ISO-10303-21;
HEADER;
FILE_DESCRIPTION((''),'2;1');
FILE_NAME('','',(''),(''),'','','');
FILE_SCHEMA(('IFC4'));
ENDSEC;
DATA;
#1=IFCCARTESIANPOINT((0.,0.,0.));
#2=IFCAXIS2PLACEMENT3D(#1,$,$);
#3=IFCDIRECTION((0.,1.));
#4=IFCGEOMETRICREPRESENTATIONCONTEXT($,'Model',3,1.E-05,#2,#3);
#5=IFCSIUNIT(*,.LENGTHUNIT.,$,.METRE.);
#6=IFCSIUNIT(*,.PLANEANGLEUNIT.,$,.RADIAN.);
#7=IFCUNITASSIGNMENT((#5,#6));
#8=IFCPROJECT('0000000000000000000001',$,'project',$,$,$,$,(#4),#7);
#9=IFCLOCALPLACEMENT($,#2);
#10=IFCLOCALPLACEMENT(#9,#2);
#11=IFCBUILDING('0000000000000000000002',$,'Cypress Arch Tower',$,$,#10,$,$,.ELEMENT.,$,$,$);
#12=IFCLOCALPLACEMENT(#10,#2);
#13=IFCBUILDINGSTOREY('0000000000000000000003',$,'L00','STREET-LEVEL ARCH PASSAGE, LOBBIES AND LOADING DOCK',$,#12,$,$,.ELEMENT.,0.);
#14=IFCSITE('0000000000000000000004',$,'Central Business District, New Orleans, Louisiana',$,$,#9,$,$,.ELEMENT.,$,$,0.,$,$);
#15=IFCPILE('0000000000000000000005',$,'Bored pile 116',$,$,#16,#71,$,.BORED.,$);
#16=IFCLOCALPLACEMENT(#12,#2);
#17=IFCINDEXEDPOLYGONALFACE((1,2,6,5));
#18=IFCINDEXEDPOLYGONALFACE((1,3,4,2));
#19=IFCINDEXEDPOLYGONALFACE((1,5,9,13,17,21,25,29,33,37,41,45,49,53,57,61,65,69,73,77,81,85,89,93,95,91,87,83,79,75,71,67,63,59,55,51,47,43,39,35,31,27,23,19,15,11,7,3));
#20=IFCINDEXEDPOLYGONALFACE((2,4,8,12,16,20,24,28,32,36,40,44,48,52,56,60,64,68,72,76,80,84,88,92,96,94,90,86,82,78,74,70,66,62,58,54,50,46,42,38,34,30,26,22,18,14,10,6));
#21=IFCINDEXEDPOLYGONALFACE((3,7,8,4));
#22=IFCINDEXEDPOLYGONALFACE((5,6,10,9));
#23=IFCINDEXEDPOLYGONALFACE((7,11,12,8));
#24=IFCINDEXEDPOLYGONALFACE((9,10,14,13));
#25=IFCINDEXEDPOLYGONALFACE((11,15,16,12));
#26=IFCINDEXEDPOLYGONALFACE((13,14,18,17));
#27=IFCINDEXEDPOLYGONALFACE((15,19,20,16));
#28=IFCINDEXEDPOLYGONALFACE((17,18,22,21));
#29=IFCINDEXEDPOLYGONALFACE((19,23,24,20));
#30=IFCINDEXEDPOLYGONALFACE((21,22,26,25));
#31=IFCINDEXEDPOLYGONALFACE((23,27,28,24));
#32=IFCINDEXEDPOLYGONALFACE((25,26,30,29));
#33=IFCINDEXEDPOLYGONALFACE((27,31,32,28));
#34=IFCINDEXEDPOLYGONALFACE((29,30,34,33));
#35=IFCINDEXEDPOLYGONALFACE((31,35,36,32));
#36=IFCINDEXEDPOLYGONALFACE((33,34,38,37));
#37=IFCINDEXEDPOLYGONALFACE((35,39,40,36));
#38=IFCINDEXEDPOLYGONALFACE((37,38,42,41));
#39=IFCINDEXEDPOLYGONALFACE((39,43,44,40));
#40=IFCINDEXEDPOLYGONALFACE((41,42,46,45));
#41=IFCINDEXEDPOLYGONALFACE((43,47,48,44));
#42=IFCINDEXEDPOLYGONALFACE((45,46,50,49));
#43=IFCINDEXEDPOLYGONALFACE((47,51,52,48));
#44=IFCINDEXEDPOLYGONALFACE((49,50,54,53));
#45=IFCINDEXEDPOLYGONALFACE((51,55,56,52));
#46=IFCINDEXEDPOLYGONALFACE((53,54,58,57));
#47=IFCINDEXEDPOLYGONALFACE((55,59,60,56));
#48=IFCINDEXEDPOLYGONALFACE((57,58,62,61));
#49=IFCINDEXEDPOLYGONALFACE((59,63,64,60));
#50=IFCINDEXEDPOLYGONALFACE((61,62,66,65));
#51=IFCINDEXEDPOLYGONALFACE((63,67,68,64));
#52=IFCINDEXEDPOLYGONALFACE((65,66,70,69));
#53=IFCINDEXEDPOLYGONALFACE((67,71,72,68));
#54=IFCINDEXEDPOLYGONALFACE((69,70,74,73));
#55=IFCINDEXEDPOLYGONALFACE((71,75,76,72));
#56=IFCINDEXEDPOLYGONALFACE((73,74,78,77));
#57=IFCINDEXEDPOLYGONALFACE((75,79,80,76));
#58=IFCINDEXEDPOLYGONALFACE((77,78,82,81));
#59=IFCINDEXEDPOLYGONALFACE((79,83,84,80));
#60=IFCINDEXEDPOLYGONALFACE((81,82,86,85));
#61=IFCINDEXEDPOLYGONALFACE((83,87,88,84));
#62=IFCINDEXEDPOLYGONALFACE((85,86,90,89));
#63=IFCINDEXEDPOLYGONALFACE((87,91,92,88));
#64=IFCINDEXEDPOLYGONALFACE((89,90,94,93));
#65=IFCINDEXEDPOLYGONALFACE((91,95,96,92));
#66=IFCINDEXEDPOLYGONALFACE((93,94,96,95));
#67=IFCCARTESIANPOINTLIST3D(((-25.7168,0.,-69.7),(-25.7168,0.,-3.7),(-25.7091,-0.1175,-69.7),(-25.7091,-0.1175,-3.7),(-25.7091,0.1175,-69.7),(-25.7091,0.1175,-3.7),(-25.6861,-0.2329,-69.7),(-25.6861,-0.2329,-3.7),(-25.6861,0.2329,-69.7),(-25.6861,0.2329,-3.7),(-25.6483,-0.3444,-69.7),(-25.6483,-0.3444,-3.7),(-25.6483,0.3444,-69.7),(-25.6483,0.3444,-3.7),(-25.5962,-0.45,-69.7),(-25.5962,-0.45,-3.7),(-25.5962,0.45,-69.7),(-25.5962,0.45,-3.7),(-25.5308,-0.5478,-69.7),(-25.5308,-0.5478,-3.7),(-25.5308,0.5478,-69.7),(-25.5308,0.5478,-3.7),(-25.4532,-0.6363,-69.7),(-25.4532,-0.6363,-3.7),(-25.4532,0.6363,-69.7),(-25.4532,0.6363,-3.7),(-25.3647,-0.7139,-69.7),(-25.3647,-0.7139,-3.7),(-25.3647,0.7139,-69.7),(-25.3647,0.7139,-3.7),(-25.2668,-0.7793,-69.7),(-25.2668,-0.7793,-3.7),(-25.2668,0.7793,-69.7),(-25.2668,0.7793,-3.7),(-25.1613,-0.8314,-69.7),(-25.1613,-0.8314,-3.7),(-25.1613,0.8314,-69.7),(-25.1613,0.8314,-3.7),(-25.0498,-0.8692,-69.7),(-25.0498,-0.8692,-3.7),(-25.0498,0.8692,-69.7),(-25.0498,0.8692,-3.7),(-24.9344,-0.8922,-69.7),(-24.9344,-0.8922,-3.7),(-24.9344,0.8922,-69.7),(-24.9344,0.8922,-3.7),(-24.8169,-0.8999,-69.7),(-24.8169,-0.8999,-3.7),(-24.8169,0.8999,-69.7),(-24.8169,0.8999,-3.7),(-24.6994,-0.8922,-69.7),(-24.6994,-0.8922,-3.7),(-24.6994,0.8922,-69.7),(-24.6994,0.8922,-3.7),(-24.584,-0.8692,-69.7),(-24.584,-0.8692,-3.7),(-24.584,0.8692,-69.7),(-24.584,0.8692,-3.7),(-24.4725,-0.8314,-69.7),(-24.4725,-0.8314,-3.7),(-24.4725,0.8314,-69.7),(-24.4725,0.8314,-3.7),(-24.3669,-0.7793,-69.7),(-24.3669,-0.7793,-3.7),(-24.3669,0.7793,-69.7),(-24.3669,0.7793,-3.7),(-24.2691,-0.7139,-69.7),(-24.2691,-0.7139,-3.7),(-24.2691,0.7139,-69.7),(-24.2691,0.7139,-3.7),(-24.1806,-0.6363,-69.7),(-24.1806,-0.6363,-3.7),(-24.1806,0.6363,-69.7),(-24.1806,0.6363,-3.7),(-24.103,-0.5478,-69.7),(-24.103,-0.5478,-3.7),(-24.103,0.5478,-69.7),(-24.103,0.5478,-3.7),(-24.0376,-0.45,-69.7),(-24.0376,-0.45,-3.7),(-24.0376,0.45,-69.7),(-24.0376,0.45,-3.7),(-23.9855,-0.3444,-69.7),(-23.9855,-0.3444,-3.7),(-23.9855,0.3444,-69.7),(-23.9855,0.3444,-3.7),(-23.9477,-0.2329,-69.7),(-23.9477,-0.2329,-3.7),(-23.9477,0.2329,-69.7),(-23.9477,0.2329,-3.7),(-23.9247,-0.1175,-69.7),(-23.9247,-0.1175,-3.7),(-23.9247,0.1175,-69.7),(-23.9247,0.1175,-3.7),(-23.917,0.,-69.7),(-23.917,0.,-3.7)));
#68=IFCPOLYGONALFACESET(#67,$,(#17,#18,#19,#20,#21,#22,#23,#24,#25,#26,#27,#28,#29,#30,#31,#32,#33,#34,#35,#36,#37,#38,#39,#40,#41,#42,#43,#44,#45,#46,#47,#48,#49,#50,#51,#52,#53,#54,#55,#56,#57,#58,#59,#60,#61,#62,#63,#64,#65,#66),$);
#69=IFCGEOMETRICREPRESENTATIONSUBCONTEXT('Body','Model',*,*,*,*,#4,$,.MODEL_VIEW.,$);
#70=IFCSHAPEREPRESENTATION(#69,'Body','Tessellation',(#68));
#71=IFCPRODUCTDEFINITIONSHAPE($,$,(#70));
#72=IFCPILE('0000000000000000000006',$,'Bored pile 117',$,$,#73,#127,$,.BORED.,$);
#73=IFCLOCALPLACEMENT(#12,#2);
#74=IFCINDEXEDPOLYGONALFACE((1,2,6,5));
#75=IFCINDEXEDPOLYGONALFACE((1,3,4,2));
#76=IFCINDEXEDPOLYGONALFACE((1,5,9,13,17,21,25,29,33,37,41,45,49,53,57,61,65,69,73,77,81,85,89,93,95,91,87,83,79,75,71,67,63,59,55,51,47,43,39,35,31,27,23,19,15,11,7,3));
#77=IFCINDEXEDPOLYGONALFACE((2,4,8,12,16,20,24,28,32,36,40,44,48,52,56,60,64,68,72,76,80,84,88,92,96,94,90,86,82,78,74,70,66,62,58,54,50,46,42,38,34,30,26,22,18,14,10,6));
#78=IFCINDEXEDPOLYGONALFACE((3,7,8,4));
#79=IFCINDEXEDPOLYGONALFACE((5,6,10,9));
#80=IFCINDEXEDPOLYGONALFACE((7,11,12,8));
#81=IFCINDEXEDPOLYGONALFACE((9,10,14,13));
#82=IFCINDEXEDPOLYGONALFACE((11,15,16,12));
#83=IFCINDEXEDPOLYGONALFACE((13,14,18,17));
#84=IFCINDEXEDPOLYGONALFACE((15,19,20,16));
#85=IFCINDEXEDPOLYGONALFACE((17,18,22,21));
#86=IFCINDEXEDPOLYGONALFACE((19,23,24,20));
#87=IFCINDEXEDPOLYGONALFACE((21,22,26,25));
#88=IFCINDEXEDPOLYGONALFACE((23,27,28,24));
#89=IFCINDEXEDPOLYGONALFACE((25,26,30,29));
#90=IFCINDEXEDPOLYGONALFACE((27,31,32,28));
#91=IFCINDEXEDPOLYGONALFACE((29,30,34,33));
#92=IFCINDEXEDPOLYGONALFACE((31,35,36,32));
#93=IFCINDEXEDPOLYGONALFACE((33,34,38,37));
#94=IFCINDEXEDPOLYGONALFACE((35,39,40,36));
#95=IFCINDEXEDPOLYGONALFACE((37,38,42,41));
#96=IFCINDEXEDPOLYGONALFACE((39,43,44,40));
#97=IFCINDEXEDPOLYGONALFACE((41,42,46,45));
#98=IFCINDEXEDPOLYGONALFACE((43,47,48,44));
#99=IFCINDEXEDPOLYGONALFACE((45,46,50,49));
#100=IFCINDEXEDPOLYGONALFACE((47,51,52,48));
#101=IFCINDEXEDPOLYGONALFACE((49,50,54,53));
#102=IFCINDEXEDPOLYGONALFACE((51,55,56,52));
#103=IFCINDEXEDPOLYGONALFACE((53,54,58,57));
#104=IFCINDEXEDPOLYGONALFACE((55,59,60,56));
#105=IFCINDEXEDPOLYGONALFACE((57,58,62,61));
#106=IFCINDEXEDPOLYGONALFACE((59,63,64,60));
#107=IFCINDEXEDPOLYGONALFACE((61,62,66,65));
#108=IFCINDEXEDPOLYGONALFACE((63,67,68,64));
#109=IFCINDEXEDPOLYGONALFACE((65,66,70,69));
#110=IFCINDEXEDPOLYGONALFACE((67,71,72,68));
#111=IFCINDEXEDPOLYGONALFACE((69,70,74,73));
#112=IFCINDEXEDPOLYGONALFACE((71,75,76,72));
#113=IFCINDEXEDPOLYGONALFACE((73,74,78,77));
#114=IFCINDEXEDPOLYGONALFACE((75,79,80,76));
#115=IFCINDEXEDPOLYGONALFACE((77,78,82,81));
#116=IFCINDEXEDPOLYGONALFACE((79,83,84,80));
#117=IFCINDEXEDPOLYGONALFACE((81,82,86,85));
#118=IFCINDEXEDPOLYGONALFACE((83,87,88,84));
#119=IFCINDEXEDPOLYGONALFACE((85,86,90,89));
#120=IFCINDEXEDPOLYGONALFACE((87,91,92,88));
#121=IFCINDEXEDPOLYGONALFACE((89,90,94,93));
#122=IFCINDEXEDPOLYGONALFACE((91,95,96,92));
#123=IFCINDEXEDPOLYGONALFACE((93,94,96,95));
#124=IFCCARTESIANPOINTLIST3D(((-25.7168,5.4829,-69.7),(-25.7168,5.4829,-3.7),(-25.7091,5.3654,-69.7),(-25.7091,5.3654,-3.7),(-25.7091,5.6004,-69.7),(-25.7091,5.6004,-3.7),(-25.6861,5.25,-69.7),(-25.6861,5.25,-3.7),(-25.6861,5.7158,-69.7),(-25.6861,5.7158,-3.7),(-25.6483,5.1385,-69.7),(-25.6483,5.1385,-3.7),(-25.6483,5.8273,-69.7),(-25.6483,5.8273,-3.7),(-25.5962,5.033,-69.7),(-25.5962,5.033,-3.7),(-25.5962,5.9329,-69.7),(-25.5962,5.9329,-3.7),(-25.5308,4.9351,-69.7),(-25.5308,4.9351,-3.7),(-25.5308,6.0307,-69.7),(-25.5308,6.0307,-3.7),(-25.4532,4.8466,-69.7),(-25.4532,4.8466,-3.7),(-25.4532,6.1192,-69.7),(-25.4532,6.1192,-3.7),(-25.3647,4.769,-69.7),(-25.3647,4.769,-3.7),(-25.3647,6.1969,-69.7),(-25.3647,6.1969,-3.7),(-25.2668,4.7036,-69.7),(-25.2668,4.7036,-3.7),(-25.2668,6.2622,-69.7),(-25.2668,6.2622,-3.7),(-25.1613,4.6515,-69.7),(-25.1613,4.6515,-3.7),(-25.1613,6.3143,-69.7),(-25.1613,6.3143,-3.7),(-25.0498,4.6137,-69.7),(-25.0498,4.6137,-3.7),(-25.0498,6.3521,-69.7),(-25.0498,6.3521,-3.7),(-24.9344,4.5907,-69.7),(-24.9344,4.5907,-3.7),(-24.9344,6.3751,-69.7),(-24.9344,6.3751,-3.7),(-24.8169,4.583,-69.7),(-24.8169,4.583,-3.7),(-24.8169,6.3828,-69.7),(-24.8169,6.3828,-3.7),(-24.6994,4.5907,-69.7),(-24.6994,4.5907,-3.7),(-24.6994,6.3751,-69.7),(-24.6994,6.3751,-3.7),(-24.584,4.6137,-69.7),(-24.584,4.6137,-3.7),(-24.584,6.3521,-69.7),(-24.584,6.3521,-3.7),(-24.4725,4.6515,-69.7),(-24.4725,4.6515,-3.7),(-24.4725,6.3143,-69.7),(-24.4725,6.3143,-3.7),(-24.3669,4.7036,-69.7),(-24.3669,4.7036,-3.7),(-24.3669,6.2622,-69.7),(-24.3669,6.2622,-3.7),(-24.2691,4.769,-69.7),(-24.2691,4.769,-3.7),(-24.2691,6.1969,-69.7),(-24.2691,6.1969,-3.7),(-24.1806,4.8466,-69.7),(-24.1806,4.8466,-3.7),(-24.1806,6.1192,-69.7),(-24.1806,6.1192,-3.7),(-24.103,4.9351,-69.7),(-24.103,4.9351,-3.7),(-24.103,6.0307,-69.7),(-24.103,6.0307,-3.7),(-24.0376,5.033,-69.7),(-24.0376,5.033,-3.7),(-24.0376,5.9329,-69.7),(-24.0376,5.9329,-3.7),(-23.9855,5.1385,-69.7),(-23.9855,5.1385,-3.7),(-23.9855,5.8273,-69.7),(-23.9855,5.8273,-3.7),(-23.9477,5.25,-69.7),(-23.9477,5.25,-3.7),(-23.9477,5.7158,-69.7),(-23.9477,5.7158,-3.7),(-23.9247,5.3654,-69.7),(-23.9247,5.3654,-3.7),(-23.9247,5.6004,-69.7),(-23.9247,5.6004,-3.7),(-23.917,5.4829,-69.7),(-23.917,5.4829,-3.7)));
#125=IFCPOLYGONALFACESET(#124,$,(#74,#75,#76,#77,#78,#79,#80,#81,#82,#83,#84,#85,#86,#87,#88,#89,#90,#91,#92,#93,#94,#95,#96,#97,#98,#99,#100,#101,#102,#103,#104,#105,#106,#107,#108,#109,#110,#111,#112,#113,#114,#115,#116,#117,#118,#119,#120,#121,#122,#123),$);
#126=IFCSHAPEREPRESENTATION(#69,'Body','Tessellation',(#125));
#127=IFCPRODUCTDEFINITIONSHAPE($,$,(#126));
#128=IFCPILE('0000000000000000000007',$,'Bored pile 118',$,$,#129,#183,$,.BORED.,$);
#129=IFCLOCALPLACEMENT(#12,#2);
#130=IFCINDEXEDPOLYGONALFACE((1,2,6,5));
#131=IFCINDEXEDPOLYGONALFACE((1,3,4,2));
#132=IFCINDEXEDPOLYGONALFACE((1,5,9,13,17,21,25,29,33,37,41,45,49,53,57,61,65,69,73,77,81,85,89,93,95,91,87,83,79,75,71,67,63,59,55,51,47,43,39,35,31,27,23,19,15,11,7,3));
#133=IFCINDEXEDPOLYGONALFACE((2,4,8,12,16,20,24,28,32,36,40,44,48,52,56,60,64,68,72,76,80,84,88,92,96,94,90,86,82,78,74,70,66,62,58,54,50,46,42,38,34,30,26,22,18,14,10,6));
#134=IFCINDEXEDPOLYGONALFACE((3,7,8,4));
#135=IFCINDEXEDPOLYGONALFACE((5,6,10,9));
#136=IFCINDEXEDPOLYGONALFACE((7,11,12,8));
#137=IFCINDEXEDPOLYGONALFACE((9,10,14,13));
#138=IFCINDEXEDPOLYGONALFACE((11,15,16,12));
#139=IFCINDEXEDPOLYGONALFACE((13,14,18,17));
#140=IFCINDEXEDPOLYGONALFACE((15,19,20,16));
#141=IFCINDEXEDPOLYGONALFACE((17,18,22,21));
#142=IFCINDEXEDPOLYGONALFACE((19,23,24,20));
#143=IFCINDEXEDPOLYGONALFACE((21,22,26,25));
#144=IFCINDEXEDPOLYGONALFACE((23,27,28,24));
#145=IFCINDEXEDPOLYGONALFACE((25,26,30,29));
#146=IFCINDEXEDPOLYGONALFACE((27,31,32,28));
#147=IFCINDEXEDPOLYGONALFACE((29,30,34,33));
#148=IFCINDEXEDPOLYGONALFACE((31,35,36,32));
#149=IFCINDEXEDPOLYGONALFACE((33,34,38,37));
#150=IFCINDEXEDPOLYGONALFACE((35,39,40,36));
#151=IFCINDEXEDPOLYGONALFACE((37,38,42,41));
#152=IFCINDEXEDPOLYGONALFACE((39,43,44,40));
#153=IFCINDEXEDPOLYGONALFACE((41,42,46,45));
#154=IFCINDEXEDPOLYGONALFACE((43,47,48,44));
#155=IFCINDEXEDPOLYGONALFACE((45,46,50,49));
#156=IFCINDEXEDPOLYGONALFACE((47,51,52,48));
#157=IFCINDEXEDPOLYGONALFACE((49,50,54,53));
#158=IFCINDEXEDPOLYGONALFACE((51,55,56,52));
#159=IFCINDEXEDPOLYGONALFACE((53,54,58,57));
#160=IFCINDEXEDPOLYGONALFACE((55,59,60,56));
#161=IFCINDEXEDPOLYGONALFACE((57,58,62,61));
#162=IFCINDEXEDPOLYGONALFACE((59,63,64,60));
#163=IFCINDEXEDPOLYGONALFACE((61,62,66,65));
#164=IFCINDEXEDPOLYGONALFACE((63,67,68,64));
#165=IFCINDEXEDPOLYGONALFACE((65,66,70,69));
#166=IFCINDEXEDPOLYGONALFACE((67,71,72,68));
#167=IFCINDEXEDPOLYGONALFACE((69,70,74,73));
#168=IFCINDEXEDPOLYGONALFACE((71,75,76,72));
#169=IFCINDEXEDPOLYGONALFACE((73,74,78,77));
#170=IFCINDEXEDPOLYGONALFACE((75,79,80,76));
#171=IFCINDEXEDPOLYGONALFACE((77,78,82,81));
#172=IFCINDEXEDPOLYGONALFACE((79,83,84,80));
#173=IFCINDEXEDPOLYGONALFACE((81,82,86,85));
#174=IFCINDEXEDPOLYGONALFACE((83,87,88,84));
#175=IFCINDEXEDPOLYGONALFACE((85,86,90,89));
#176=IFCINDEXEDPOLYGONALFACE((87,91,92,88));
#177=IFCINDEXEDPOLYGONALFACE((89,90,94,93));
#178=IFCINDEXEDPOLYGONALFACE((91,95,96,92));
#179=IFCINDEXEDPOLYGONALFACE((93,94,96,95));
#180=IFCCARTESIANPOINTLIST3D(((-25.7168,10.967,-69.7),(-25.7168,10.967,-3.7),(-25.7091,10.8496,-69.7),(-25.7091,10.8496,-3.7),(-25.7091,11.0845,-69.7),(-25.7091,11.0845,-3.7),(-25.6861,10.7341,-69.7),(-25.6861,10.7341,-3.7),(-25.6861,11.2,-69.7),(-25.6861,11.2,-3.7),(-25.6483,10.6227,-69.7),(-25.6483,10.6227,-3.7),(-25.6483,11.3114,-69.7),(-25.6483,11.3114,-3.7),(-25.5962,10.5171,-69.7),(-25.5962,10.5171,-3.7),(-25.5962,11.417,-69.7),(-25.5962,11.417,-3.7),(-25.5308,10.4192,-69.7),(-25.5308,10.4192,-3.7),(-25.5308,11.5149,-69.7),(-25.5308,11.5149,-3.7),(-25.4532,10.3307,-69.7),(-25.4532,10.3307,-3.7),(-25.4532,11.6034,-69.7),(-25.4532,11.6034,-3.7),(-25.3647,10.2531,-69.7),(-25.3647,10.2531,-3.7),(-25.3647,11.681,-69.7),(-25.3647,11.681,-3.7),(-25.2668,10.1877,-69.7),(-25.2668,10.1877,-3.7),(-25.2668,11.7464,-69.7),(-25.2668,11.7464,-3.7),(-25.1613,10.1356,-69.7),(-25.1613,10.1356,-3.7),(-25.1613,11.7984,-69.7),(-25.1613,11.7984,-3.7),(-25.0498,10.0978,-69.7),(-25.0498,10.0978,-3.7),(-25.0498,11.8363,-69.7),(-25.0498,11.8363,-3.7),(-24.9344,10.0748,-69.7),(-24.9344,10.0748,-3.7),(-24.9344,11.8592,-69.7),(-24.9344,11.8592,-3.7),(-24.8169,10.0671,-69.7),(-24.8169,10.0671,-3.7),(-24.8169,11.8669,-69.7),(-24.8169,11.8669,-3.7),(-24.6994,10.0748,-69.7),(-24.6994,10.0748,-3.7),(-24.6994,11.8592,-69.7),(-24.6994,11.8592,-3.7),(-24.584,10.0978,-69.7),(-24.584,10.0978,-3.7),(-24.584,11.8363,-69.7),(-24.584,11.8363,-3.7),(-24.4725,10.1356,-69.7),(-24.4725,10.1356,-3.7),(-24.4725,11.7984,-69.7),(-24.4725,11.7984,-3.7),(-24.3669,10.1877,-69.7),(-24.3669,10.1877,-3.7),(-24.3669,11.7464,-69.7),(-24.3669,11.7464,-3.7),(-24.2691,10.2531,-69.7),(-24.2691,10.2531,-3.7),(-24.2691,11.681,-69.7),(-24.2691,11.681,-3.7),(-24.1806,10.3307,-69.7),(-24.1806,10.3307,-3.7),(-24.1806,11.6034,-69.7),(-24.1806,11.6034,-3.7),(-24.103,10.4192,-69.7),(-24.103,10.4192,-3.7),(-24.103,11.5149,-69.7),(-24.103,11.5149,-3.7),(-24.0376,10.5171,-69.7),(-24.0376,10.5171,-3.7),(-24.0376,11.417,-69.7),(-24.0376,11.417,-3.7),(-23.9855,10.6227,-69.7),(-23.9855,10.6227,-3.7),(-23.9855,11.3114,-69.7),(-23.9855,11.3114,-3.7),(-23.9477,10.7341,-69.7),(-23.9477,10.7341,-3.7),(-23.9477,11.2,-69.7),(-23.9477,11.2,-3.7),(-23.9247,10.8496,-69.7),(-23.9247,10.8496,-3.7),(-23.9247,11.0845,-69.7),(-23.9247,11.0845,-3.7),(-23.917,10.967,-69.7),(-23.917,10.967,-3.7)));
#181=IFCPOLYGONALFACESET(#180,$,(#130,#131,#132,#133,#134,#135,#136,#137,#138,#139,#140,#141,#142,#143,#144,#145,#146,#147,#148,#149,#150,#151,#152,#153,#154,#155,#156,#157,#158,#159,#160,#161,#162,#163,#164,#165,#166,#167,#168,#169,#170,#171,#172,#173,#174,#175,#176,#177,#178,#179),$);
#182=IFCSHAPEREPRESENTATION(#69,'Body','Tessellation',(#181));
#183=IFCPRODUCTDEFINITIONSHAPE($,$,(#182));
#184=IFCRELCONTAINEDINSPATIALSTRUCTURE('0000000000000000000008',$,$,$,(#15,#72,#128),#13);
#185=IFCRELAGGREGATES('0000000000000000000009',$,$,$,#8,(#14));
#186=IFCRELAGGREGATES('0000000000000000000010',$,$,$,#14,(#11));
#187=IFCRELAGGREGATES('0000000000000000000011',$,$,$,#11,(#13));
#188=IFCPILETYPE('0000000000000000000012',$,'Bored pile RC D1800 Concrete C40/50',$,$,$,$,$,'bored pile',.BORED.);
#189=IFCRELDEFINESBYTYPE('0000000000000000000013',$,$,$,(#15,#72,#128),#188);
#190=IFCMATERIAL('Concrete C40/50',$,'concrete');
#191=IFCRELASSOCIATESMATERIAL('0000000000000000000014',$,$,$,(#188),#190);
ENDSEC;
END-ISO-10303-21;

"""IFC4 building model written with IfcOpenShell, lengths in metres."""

from ifc_helpers import new_model, si_unit, direction, frame, origin, origin_2d, place, context, subcontext, project, spatial, circle, extrude, material, material_profile, profile_set, type_object, element, save


model = new_model("IFC4")

# Units and contexts
model_context = context("Model", 3, precision=1e-05, world=origin(), true_north=direction((0.0, 1.0)))
body_context = subcontext(model_context, "Body", "Model", "MODEL_VIEW")
ifc_project = project(units=[si_unit("LENGTHUNIT", "METRE"), si_unit("PLANEANGLEUNIT", "RADIAN")], contexts=[model_context])

# Site, building, storey
site_placement = place(None, origin())
site = spatial("IfcSite", under=ifc_project, at=site_placement, Name="Central Business District, New Orleans, Louisiana", CompositionType="ELEMENT", RefElevation=0.0)
building_placement = place(site_placement, origin())
building = spatial("IfcBuilding", under=site, at=building_placement, Name="Cypress Arch Tower", CompositionType="ELEMENT")
storey_placement = place(building_placement, origin())
storey = spatial("IfcBuildingStorey", under=building, at=storey_placement, Name="L00", Description="STREET-LEVEL ARCH PASSAGE, LOBBIES AND LOADING DOCK", CompositionType="ELEMENT", Elevation=0.0)

# Piles
ifc_material_1 = material(Name="Concrete C40/50", Category="concrete")
ifc_material_profile = material_profile(ifc_material_1, circle(Radius=0.8999, at=origin_2d()), Name="RC D1800")
ifc_profile_set = profile_set([ifc_material_profile], Name="Concrete C40/50")
pile_type = type_object("IfcPileType", Name="Bored pile RC D1800 Concrete C40/50", ElementType="bored pile", PredefinedType="BORED", material=ifc_profile_set)
for number, where, z_axis, x_axis, name in (
    (1, (-24.8169, 0.0, -3.7), (0.0, 0.0, -1.0), (1.0, 0.0, 0.0), "Bored pile 116"),
    (2, (-24.8169, 5.4829, -3.7), (0.0, 0.0, -1.0), (1.0, 0.0, 0.0), "Bored pile 117"),
    (3, (-24.8169, 10.967, -3.7), (0.0, 0.0, -1.0), (1.0, 0.0, 0.0), "Bored pile 118"),
):
    element("IfcPile", number, at=place(storey_placement, frame(where, z_axis=z_axis, x_axis=x_axis)), inside=storey, type_object=pile_type, Name=name, PredefinedType="BORED", context=body_context, shape_type="SweptSolid", body=[
        extrude(circle(Radius=0.8999, at=origin_2d()), origin(), (0.0, 0.0, 1.0), 66.0),
    ])

save(model, "model.ifc")
